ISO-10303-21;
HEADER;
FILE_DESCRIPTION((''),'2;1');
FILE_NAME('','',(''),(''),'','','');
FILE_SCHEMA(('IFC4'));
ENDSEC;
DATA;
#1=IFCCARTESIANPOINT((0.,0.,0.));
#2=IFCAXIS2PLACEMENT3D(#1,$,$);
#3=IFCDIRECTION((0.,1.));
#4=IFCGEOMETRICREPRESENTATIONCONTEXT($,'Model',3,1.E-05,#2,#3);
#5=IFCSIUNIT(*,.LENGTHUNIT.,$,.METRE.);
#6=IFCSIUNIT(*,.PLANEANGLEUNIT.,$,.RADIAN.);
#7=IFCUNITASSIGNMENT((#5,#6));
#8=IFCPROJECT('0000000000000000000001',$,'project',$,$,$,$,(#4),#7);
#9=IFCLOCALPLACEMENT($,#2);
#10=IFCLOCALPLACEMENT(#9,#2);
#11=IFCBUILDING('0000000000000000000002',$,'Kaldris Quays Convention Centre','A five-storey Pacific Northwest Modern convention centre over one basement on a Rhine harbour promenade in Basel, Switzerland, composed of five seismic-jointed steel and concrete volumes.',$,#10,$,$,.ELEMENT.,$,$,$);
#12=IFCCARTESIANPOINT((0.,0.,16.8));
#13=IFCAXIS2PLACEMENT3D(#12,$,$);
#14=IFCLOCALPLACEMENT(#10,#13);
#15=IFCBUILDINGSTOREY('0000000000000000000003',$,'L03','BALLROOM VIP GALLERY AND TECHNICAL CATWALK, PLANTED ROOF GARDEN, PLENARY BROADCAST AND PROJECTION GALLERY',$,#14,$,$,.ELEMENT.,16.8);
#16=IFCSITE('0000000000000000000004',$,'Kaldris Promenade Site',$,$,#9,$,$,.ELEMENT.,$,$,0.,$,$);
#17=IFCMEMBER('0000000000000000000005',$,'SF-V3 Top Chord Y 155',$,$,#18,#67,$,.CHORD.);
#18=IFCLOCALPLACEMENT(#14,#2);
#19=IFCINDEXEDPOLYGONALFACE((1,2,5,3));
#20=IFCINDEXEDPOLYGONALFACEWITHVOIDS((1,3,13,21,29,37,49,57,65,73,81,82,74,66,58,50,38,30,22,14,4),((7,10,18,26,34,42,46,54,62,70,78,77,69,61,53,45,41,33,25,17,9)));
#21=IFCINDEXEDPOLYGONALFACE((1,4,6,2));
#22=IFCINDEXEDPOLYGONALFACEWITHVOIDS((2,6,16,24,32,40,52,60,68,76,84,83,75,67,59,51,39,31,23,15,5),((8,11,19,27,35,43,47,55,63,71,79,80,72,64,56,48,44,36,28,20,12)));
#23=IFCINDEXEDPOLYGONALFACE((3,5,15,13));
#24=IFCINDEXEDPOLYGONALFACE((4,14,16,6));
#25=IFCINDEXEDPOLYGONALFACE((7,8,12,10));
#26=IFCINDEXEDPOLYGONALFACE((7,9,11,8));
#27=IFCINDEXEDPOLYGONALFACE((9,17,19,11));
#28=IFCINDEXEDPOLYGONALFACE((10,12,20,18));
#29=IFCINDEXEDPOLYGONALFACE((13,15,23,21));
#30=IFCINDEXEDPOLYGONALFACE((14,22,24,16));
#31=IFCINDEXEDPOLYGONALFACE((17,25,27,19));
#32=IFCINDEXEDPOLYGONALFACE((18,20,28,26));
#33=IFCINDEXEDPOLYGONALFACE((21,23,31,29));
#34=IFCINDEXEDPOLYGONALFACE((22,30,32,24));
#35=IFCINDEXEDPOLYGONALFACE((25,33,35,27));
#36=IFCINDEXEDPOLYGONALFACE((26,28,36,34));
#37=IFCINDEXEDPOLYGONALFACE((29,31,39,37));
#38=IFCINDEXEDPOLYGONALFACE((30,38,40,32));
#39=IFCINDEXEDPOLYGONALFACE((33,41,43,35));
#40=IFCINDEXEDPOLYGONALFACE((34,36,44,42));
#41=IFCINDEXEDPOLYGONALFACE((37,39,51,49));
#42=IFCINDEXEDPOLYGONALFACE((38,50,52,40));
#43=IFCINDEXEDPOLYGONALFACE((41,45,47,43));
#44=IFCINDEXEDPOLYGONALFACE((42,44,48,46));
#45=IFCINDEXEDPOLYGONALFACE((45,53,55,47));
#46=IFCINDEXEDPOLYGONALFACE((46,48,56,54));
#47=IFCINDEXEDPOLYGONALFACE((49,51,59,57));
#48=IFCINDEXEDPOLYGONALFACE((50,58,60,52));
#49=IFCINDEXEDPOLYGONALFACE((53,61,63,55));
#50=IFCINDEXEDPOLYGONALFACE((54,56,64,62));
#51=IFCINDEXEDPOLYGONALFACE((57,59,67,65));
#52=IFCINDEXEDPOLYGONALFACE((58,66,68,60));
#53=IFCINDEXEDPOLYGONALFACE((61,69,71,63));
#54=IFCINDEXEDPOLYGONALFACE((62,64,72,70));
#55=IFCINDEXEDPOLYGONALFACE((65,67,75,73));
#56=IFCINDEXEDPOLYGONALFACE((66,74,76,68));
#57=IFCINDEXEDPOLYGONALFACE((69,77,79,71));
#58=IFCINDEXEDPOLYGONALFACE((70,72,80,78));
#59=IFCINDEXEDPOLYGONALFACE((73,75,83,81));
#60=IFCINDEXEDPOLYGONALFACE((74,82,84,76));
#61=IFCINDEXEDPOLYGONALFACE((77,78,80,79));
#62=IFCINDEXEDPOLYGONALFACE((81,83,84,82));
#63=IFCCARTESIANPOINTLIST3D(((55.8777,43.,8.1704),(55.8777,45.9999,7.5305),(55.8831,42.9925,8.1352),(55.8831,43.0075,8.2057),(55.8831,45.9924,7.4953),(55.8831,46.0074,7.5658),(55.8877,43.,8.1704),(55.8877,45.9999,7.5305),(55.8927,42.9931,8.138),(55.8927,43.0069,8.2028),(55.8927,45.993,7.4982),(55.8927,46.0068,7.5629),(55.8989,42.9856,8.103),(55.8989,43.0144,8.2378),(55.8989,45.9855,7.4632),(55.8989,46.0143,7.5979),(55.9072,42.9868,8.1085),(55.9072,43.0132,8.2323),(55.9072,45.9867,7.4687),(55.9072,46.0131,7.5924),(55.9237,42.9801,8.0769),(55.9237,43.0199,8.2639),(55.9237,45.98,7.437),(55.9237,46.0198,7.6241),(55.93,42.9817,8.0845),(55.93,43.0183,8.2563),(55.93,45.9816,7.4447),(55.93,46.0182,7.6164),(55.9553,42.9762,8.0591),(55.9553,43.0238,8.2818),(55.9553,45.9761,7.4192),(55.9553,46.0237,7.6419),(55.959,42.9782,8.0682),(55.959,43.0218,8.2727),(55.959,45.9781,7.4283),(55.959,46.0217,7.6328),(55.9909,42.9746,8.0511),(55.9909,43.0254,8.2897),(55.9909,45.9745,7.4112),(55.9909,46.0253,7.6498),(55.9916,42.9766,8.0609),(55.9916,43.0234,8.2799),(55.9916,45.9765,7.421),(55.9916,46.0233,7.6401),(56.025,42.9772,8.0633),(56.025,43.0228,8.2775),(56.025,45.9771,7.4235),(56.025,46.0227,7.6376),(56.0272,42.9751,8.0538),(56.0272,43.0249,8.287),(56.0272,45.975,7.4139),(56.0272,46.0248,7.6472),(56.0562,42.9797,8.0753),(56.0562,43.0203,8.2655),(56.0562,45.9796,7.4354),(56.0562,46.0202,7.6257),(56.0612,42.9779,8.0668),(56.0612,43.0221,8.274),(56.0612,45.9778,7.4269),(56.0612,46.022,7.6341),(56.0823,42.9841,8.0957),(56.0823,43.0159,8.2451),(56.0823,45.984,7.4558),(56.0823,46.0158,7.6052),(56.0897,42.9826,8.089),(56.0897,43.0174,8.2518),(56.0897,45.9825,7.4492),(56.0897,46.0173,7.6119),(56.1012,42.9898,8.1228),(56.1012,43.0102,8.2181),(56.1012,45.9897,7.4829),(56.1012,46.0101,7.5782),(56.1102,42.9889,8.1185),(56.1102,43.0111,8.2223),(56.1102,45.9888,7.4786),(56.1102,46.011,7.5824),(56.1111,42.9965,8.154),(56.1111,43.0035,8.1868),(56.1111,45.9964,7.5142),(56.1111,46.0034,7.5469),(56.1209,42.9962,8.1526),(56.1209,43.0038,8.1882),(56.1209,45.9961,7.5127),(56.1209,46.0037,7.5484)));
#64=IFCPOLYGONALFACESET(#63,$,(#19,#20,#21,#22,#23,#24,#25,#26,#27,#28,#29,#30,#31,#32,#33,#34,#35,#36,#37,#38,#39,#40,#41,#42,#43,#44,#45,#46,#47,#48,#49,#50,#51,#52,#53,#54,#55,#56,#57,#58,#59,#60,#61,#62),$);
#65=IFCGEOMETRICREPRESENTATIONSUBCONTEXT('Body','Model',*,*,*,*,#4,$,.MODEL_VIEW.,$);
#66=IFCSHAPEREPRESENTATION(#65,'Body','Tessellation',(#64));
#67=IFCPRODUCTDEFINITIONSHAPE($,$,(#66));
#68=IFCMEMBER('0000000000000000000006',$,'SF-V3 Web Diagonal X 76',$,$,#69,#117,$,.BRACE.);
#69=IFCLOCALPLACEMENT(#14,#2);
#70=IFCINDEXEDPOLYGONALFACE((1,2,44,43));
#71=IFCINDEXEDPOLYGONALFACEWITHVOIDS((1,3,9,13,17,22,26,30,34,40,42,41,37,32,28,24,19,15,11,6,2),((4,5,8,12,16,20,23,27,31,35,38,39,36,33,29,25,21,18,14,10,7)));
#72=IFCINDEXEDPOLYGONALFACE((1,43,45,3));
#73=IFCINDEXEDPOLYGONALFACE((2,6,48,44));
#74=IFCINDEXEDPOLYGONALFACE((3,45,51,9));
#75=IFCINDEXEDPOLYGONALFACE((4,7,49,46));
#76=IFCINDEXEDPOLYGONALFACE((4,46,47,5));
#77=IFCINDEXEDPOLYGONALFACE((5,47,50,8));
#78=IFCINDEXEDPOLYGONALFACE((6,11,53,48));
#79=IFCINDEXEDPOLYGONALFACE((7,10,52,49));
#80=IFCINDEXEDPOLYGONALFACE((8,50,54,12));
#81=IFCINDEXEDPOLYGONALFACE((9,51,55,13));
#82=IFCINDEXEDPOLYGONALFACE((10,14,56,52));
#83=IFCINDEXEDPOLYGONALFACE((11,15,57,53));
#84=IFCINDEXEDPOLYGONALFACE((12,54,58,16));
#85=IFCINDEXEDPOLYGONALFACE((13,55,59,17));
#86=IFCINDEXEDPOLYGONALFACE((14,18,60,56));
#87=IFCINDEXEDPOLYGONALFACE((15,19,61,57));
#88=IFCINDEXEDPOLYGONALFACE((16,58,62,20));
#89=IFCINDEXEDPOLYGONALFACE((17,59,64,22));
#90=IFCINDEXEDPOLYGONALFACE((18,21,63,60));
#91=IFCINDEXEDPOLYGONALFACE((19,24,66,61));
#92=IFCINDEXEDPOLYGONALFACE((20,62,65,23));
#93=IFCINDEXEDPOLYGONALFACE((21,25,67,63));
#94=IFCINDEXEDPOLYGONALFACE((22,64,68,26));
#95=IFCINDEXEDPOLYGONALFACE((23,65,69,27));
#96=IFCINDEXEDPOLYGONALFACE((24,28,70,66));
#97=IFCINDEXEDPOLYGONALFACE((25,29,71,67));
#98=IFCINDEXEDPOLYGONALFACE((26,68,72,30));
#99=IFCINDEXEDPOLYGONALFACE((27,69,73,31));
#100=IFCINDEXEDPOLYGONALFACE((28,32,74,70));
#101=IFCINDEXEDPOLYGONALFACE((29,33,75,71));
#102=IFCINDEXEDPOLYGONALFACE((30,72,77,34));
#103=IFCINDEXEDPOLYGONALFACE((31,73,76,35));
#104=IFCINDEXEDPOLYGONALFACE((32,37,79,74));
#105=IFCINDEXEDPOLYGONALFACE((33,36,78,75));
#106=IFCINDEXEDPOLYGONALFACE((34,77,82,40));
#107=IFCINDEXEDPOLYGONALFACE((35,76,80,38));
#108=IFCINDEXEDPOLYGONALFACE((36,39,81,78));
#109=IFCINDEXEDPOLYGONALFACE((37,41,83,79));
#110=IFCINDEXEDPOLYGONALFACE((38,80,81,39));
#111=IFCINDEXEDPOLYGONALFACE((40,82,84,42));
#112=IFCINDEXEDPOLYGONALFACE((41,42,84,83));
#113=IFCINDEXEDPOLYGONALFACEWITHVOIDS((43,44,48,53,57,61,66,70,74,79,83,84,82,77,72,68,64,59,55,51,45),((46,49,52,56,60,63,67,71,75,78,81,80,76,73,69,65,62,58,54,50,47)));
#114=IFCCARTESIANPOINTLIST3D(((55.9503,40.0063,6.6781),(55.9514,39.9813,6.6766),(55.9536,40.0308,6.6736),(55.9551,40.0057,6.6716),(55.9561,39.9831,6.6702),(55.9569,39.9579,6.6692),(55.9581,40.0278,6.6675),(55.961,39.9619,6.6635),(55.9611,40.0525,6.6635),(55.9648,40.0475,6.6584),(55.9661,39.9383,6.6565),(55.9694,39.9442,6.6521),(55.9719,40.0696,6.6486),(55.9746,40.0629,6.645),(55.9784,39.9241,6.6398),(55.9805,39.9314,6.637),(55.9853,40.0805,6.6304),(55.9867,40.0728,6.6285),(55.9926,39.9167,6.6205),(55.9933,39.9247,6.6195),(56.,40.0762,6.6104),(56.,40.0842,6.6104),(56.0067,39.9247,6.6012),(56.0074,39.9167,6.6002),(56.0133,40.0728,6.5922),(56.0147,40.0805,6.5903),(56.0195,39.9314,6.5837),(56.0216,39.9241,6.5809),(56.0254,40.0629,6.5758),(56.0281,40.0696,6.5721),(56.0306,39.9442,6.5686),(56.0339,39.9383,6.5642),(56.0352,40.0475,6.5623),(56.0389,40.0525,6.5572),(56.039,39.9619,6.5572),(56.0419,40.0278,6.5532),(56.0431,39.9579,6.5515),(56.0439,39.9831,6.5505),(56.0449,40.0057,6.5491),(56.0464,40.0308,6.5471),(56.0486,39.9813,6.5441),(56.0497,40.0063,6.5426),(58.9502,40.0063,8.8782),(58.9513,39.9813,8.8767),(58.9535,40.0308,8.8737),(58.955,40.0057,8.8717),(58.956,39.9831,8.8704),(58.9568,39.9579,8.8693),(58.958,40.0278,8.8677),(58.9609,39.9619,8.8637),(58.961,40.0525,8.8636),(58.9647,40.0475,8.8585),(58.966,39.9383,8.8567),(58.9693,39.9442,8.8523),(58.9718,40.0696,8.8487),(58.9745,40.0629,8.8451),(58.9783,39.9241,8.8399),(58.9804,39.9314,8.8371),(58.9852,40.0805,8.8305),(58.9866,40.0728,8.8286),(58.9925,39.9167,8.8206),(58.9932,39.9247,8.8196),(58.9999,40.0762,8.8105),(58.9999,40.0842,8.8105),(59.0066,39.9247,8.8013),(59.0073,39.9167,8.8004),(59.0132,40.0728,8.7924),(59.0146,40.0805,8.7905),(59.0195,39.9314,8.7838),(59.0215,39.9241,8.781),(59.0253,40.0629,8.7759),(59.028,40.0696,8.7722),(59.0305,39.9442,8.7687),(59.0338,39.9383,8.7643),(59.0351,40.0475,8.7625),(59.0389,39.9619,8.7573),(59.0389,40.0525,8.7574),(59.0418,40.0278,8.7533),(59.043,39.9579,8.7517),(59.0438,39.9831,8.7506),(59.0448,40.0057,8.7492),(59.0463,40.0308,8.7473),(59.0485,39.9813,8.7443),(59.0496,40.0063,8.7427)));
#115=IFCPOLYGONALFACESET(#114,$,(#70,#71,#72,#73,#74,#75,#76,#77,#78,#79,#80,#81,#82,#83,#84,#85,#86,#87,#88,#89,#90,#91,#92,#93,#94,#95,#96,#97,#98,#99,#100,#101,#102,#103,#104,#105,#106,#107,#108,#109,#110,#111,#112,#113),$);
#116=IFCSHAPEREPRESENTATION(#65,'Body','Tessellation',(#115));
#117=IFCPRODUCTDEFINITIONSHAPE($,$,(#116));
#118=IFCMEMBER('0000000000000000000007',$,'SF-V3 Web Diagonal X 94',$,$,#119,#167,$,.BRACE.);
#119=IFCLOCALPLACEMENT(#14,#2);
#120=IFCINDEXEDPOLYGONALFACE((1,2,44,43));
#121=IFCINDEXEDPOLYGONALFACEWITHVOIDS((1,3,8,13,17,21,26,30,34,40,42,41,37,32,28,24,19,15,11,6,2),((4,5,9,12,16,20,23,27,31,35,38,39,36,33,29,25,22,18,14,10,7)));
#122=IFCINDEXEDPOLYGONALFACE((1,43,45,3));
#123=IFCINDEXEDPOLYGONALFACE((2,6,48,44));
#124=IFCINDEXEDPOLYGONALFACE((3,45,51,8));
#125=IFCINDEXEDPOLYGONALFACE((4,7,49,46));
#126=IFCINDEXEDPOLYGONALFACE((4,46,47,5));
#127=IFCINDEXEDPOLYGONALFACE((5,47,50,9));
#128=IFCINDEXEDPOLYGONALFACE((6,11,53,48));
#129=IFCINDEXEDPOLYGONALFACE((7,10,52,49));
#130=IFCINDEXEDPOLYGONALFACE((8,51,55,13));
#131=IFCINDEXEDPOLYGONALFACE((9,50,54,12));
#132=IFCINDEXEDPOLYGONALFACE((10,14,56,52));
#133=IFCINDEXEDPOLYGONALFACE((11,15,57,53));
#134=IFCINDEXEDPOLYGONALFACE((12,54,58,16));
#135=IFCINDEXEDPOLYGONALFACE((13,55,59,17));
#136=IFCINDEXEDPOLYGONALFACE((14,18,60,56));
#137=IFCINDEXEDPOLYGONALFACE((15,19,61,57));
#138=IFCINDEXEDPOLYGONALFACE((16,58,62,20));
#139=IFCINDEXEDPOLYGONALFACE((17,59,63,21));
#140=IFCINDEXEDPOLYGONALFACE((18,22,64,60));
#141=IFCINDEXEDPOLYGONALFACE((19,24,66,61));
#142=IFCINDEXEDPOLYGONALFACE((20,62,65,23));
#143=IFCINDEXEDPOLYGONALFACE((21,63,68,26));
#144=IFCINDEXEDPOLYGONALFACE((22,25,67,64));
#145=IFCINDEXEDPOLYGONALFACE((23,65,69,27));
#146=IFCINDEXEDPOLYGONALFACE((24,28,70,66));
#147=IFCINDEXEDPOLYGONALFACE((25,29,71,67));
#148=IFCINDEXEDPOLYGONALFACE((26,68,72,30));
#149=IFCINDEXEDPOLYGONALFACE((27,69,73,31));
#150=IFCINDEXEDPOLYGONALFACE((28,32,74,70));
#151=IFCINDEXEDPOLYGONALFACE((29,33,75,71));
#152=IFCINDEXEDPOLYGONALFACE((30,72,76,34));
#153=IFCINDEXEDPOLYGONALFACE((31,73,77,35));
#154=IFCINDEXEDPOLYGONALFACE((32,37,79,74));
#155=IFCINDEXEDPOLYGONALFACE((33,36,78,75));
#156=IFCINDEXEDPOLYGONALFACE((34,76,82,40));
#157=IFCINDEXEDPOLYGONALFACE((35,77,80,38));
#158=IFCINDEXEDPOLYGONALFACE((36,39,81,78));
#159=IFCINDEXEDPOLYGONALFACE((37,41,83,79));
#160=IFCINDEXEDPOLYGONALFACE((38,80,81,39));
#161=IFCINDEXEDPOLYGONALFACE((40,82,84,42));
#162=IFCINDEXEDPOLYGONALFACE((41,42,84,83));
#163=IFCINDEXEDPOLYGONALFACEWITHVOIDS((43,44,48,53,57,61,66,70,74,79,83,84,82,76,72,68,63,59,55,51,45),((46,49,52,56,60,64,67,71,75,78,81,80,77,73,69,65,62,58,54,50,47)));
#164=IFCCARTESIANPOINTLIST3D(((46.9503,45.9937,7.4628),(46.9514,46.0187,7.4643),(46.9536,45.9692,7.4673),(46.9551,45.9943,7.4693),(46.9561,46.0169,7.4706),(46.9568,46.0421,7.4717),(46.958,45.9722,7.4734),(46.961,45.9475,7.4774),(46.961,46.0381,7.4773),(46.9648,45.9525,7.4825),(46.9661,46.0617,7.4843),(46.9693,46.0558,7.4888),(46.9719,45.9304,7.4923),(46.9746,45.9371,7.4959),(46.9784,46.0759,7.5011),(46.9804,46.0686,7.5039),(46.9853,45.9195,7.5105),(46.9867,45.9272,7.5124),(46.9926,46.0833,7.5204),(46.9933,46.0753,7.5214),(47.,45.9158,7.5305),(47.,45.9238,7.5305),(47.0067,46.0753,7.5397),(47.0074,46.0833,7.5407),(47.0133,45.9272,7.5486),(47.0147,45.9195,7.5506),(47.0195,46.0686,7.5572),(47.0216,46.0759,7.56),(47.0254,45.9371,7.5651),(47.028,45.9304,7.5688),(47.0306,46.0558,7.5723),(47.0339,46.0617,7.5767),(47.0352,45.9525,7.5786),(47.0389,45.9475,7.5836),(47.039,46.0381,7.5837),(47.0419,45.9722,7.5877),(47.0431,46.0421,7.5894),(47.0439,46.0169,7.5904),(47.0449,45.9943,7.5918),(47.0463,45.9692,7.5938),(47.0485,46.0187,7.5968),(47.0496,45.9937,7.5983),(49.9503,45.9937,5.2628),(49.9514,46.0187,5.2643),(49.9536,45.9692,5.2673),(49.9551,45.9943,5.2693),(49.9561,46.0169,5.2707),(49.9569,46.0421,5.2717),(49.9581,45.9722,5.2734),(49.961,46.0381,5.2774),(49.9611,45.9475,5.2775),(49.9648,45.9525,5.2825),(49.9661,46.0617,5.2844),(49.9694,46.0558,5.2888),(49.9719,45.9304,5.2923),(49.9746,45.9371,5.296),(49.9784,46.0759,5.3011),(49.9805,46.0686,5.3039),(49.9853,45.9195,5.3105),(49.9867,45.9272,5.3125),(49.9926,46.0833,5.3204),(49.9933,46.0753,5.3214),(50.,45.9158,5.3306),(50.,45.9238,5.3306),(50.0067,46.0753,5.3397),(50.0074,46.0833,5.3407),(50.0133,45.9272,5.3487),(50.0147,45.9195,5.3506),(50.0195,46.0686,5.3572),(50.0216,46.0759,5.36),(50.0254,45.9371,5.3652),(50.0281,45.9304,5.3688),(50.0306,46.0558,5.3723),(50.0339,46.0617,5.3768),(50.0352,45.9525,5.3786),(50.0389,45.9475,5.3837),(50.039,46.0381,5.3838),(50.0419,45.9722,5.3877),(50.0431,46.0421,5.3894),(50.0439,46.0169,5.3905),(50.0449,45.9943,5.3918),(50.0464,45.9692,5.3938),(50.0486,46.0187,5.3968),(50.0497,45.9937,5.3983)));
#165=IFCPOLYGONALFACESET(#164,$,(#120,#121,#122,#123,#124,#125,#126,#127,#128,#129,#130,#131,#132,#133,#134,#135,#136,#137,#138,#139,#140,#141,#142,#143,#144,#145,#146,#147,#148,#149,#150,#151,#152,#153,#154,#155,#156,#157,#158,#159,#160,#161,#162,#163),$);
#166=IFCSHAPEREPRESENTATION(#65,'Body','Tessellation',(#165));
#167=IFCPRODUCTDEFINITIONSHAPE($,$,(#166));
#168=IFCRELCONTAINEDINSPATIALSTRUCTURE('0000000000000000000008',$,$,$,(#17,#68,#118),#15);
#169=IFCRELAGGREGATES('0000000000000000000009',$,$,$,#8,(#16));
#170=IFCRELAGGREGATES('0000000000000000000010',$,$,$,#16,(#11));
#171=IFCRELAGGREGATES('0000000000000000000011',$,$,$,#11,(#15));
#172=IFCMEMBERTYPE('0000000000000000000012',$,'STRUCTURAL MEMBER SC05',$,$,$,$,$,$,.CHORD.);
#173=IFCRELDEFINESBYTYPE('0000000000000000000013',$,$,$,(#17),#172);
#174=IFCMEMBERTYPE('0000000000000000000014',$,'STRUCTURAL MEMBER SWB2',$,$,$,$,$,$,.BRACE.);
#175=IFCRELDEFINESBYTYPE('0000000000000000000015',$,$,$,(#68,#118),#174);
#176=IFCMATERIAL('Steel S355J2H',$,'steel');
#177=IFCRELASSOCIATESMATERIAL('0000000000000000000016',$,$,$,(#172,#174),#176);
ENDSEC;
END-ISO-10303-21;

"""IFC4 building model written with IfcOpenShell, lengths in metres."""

from ifc_helpers import new_model, si_unit, direction, frame, origin, origin_2d, place, context, subcontext, project, spatial, hollow_circle, extrude, material, material_profile, profile_set, type_object, element, save


model = new_model("IFC4")

# Units and contexts
model_context = context("Model", 3, precision=1e-05, world=origin(), true_north=direction((0.0, 1.0)))
body_context = subcontext(model_context, "Body", "Model", "MODEL_VIEW")
ifc_project = project(units=[si_unit("LENGTHUNIT", "METRE"), si_unit("PLANEANGLEUNIT", "RADIAN")], contexts=[model_context])

# Site, building, storey
site_placement = place(None, origin())
site = spatial("IfcSite", under=ifc_project, at=site_placement, Name="Kaldris Promenade Site", CompositionType="ELEMENT", RefElevation=0.0)
building_placement = place(site_placement, origin())
building = spatial("IfcBuilding", under=site, at=building_placement, Name="Kaldris Quays Convention Centre", Description="A five-storey Pacific Northwest Modern convention centre over one basement on a Rhine harbour promenade in Basel, Switzerland, composed of five seismic-jointed steel and concrete volumes.", CompositionType="ELEMENT")
storey_placement = place(building_placement, frame((0.0, 0.0, 16.8)))
storey = spatial("IfcBuildingStorey", under=building, at=storey_placement, Name="L03", Description="BALLROOM VIP GALLERY AND TECHNICAL CATWALK, PLANTED ROOF GARDEN, PLENARY BROADCAST AND PROJECTION GALLERY", CompositionType="ELEMENT", Elevation=16.8)

# Members
ifc_material_1 = material(Name="Steel S355J2H", Category="steel")
ifc_material_profile_1 = material_profile(ifc_material_1, hollow_circle(Radius=0.1223, WallThickness=0.01, at=origin_2d()), Name="CHS 244.5x10")
ifc_profile_set_1 = profile_set([ifc_material_profile_1], Name="Steel S355J2H")
member_type_1 = type_object("IfcMemberType", Name="STRUCTURAL MEMBER SC05", PredefinedType="CHORD", material=ifc_profile_set_1)
member_1_placement = place(storey_placement, frame((56.0, 43.0, 8.1704), z_axis=(0.0, 0.978, -0.208605), x_axis=(-1.0, 0.0, 0.0)))
element("IfcMember", 1, at=member_1_placement, inside=storey, type_object=member_type_1, Name="SF-V3 Top Chord Y 155", PredefinedType="CHORD", context=body_context, shape_type="SweptSolid", body=[
    extrude(hollow_circle(Radius=0.1223, WallThickness=0.01, at=origin_2d()), origin(), (0.0, 0.0, 1.0), 3.0674),
])
ifc_material_profile_2 = material_profile(ifc_material_1, hollow_circle(Radius=0.0842, WallThickness=0.0081, at=origin_2d()), Name="CHS 168.3x8")
ifc_profile_set_2 = profile_set([ifc_material_profile_2], Name="Steel S355J2H")
member_type_2 = type_object("IfcMemberType", Name="STRUCTURAL MEMBER SWB2", PredefinedType="BRACE", material=ifc_profile_set_2)
for number, where, z_axis, x_axis, name in (
    (2, (56.0, 40.0, 6.6104), (0.80638, 0.0, 0.591398), (0.0, 1.0, 0.0), "SF-V3 Web Diagonal X 76"),
    (3, (50.0, 46.0, 5.3306), (-0.806411, 0.0, 0.591355), (0.0, -1.0, 0.0), "SF-V3 Web Diagonal X 94"),
):
    element("IfcMember", number, at=place(storey_placement, frame(where, z_axis=z_axis, x_axis=x_axis)), inside=storey, type_object=member_type_2, Name=name, PredefinedType="BRACE", context=body_context, shape_type="SweptSolid", body=[
        extrude(hollow_circle(Radius=0.0842, WallThickness=0.0081, at=origin_2d()), origin(), (0.0, 0.0, 1.0), 3.7202),
    ])

save(model, "model.ifc")
